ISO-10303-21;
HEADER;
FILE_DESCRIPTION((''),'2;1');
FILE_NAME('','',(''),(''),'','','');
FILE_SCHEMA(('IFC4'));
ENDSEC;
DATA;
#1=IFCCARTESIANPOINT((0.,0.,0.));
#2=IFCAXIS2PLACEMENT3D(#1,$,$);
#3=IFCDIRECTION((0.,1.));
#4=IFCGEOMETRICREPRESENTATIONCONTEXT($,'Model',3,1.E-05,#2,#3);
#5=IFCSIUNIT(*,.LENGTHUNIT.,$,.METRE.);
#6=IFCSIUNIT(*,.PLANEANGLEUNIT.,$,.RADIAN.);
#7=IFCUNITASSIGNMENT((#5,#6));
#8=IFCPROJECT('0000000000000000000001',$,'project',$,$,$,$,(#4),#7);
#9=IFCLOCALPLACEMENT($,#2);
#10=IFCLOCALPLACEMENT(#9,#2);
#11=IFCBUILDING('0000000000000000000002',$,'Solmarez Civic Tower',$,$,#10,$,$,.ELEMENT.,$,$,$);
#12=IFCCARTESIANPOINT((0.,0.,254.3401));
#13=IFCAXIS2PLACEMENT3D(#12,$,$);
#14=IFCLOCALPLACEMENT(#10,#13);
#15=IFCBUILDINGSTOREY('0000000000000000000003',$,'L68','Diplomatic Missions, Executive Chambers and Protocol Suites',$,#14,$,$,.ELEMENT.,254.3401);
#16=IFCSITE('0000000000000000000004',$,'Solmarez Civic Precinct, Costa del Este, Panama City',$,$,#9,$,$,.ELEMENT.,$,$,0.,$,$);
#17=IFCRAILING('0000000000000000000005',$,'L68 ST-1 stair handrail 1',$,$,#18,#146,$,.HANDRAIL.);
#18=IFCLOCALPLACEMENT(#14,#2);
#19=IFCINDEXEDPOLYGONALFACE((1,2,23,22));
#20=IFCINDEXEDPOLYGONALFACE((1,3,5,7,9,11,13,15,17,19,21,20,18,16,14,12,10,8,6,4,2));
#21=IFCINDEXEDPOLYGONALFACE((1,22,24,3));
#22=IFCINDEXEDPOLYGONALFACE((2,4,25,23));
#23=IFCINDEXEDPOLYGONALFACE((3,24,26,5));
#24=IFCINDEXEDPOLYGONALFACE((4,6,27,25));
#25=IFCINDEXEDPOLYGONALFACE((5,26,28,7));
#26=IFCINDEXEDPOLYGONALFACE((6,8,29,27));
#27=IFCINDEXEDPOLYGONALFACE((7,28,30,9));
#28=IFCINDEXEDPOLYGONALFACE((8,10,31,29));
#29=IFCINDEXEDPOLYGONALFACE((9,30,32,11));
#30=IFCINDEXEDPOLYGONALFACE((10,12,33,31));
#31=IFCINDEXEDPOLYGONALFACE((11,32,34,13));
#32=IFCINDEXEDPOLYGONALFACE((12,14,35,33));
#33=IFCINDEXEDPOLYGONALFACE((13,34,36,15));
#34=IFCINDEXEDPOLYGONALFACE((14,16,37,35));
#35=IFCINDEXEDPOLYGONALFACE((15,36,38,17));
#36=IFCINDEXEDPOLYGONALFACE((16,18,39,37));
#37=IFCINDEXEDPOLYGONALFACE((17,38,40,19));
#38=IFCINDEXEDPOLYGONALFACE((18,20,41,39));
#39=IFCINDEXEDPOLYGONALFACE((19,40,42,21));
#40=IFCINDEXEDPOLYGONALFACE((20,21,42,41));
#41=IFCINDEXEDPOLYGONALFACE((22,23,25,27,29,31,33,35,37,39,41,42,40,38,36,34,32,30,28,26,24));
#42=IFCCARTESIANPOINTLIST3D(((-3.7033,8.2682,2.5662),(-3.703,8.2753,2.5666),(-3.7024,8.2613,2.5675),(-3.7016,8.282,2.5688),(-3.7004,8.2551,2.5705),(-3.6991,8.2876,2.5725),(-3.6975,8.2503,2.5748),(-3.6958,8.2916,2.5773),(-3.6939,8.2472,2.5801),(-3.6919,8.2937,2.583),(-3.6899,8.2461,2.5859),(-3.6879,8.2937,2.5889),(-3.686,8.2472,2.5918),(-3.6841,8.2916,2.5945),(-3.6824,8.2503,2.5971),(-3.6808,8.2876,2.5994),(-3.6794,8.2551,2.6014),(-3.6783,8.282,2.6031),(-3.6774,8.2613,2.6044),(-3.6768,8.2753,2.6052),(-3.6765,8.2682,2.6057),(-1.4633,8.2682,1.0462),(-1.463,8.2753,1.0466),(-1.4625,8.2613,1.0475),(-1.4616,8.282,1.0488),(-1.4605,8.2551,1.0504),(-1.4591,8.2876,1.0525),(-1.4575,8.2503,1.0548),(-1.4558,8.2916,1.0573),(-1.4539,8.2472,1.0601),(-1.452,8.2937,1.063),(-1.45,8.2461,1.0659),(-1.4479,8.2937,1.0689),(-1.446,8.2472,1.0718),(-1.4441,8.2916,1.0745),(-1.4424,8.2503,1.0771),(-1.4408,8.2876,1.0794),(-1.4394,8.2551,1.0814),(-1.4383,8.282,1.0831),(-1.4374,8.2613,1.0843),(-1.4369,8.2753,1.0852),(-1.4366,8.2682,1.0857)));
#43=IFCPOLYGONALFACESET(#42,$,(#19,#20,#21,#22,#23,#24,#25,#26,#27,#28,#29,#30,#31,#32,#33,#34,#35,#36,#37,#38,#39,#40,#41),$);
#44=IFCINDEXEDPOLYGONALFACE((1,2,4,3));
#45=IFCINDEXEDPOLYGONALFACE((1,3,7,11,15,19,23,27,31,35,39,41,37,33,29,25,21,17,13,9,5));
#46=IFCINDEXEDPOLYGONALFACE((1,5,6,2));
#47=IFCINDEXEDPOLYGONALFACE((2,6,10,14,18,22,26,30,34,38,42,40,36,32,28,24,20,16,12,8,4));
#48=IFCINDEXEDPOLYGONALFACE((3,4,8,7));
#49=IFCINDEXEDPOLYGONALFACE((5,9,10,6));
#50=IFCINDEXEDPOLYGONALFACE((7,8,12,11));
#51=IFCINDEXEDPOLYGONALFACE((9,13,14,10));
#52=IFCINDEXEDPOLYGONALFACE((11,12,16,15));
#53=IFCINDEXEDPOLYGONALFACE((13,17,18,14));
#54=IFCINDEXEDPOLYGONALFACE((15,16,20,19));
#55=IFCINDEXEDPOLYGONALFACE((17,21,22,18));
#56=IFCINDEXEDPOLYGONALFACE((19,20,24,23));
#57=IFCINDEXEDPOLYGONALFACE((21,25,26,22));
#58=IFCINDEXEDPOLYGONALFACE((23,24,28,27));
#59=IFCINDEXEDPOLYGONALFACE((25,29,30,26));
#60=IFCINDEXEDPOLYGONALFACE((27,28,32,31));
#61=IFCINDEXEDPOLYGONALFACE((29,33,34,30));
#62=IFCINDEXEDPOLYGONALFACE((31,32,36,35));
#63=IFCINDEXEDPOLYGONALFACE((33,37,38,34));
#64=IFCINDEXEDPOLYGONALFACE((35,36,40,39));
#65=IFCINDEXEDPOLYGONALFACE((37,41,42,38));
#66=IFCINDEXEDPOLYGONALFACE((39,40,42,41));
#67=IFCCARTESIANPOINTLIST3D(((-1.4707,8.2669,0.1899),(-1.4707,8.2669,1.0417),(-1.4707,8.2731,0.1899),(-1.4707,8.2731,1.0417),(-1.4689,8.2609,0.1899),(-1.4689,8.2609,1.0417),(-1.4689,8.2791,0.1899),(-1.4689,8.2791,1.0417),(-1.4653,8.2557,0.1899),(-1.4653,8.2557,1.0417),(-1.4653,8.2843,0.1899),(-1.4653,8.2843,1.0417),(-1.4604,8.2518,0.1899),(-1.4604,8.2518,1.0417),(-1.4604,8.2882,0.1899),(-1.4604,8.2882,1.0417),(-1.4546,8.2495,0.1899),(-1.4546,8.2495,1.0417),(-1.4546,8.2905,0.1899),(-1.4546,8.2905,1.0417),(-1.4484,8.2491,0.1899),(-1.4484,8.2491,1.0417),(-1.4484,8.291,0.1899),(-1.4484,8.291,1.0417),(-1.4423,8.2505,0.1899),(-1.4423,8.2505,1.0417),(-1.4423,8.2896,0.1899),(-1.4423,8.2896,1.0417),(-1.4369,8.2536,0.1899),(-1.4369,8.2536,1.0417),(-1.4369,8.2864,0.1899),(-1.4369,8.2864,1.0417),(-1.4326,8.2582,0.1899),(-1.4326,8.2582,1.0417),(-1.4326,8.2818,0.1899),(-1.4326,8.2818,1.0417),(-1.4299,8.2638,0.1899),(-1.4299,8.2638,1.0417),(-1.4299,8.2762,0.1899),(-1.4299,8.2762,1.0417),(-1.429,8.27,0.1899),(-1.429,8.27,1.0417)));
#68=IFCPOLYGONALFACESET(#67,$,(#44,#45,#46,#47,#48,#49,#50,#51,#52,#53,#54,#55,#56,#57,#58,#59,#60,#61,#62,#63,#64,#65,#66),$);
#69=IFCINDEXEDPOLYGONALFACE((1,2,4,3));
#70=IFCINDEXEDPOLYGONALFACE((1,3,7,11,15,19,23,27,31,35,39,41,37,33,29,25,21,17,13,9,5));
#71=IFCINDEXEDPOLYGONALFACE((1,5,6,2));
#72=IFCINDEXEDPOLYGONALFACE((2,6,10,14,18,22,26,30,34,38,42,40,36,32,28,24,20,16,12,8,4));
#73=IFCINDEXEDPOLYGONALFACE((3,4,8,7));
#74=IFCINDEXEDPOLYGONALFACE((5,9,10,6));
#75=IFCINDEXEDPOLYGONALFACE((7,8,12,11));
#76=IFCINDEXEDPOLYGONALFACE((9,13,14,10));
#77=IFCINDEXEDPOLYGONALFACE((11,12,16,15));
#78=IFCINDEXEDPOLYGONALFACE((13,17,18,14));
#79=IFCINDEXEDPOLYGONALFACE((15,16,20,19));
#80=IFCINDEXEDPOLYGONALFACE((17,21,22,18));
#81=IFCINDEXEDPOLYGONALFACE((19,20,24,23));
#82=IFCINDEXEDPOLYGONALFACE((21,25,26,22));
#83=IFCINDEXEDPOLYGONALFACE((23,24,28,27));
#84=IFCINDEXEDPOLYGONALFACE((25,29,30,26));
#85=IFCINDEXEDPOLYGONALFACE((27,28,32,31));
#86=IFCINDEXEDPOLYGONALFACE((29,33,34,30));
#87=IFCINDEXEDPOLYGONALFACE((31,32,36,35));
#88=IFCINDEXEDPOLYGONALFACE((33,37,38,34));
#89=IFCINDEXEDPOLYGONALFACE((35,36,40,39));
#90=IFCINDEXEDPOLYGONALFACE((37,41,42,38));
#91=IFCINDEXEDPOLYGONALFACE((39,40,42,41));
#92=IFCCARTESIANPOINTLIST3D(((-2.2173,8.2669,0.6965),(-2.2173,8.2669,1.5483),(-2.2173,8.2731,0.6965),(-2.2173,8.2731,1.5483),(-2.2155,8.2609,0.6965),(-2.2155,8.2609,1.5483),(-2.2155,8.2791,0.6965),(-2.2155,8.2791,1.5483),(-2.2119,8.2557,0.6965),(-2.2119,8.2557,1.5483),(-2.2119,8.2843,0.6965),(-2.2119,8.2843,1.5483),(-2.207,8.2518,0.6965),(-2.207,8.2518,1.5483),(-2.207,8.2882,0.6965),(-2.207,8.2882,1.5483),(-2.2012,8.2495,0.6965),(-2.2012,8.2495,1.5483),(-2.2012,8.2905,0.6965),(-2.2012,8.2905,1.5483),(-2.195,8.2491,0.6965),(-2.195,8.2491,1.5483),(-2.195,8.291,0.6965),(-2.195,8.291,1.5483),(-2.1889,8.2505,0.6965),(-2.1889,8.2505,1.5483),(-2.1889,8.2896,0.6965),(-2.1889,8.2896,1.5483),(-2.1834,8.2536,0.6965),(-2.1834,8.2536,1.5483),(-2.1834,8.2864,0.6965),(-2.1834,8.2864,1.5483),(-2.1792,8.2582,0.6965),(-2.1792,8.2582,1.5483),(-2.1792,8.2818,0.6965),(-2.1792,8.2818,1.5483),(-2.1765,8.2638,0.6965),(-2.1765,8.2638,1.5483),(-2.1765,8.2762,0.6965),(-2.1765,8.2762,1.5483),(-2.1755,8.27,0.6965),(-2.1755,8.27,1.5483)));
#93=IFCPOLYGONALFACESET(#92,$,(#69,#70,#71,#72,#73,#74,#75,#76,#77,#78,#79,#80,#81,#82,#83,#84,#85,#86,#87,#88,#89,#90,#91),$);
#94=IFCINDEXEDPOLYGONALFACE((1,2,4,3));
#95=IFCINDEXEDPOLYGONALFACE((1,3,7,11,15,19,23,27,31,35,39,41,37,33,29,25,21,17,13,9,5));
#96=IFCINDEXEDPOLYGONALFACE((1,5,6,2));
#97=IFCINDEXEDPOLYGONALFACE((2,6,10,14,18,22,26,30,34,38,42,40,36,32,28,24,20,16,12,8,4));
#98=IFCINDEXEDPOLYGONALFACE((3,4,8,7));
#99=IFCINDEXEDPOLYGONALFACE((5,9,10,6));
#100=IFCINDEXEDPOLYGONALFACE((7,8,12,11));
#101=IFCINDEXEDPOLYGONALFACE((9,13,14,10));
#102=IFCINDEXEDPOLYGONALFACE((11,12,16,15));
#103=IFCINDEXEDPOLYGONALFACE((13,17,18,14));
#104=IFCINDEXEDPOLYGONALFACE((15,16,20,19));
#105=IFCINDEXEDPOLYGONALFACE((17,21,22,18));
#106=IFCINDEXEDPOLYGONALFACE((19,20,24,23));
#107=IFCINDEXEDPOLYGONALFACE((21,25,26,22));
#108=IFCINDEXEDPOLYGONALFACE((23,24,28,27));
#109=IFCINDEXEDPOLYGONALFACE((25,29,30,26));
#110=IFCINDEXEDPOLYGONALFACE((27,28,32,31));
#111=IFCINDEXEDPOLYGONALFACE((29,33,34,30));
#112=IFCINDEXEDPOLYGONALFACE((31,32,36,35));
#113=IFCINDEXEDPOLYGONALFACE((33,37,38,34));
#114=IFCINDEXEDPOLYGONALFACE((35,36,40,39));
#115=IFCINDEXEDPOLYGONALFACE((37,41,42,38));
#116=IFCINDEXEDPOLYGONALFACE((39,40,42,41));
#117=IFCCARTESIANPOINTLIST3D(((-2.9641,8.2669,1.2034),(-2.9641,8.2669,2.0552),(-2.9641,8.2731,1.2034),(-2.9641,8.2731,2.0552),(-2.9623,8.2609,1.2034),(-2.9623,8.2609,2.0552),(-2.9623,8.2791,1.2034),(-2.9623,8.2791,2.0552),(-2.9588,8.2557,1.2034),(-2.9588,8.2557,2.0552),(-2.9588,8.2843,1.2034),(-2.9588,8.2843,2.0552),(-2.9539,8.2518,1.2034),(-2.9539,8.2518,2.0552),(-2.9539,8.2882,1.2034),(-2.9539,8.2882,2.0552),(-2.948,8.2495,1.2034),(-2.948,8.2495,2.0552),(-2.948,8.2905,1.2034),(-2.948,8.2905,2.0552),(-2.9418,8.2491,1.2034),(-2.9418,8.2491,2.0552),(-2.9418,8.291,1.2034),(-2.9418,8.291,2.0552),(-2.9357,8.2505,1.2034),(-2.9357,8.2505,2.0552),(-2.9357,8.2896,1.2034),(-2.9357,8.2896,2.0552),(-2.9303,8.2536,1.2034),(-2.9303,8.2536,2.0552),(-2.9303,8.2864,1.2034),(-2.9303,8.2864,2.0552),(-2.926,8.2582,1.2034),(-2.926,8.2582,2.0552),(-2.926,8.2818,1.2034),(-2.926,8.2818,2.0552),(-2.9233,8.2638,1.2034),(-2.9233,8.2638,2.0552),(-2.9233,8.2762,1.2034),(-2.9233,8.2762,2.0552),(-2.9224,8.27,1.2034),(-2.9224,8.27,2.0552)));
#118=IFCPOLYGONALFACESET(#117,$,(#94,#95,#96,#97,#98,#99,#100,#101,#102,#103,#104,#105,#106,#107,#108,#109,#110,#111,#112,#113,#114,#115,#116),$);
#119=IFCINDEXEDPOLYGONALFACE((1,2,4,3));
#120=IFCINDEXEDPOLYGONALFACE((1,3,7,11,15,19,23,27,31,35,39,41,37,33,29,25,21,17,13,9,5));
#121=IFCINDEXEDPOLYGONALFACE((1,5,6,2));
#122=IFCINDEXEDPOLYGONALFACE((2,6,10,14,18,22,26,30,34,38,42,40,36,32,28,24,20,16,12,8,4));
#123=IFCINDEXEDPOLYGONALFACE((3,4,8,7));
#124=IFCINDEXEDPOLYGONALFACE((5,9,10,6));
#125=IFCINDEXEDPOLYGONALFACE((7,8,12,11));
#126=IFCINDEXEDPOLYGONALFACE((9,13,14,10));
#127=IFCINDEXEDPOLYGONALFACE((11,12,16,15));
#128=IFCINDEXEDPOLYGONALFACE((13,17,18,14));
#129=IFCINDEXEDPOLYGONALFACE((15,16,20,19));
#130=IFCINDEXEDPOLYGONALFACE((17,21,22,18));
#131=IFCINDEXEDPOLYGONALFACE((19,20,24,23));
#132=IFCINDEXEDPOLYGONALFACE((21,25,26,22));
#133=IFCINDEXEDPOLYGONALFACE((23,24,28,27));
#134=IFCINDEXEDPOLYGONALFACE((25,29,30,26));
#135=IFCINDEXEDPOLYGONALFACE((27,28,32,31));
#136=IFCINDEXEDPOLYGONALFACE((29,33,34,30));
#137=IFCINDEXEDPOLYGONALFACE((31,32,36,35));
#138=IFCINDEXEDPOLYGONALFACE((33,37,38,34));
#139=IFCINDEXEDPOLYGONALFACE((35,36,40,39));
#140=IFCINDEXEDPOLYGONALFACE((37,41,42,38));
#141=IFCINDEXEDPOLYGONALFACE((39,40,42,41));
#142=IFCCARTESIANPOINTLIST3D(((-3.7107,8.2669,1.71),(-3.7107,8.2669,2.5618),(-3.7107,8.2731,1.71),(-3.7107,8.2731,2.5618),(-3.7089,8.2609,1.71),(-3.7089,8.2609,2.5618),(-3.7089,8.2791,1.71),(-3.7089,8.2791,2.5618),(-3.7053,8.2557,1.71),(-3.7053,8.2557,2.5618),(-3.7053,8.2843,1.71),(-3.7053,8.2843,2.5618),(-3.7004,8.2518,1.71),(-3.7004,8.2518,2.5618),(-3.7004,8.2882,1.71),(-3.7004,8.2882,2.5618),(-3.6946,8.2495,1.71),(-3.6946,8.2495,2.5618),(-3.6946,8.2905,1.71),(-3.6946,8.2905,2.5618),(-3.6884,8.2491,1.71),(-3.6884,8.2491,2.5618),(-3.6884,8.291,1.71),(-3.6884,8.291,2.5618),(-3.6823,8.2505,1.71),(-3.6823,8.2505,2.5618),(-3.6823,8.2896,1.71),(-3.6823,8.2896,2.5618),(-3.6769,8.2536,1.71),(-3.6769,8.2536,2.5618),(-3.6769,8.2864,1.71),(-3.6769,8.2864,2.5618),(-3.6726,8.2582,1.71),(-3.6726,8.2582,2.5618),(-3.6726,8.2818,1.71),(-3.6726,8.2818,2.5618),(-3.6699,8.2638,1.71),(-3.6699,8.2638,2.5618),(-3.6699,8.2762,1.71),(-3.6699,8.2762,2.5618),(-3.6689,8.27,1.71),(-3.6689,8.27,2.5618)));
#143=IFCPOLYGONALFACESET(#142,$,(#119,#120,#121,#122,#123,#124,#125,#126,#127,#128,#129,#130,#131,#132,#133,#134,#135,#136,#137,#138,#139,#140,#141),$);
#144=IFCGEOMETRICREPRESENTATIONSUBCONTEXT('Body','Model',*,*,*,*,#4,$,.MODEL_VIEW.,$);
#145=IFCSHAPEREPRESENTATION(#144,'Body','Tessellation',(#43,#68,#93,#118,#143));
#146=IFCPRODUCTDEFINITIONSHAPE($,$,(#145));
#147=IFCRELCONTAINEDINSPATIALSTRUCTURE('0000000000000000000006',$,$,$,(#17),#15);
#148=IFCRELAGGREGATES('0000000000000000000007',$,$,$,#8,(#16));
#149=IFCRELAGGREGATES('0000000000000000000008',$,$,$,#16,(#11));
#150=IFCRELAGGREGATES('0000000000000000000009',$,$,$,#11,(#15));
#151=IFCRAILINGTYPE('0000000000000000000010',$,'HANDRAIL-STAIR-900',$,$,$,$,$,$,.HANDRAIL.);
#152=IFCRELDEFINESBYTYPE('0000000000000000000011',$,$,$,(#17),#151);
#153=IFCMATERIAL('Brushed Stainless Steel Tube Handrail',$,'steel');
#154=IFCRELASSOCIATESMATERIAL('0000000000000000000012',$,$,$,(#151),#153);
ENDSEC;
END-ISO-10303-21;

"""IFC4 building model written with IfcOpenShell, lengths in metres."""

from ifc_helpers import new_model, si_unit, direction, frame, origin, origin_2d, place, context, subcontext, project, spatial, circle, extrude, material, type_object, element, save


model = new_model("IFC4")

# Units and contexts
model_context = context("Model", 3, precision=1e-05, world=origin(), true_north=direction((0.0, 1.0)))
body_context = subcontext(model_context, "Body", "Model", "MODEL_VIEW")
ifc_project = project(units=[si_unit("LENGTHUNIT", "METRE"), si_unit("PLANEANGLEUNIT", "RADIAN")], contexts=[model_context])

# Site, building, storey
site_placement = place(None, origin())
site = spatial("IfcSite", under=ifc_project, at=site_placement, Name="Solmarez Civic Precinct, Costa del Este, Panama City", CompositionType="ELEMENT", RefElevation=0.0)
building_placement = place(site_placement, origin())
building = spatial("IfcBuilding", under=site, at=building_placement, Name="Solmarez Civic Tower", CompositionType="ELEMENT")
storey_placement = place(building_placement, frame((0.0, 0.0, 254.3401)))
storey = spatial("IfcBuildingStorey", under=building, at=storey_placement, Name="L68", Description="Diplomatic Missions, Executive Chambers and Protocol Suites", CompositionType="ELEMENT", Elevation=254.3401)

# Railing
ifc_material_1 = material(Name="Brushed Stainless Steel Tube Handrail", Category="steel")
railing_type_1 = type_object("IfcRailingType", Name="HANDRAIL-STAIR-900", PredefinedType="HANDRAIL", material=ifc_material_1)
railing_1_placement = place(storey_placement, frame((-1.45, 8.27, 0.1899)))
element("IfcRailing", 1, at=railing_1_placement, inside=storey, type_object=railing_type_1, Name="L68 ST-1 stair handrail 1", PredefinedType="HANDRAIL", context=body_context, shape_type="SweptSolid", body=[
    extrude(circle(Radius=0.0239, at=origin_2d()), frame((0.0, 0.0, 0.876), z_axis=(-0.827471, 0.0, 0.561508), x_axis=(0.0, -1.0, 0.0)), (0.0, 0.0, 1.0), 2.707),
    extrude(circle(Radius=0.021, at=origin_2d()), origin(), (0.0, 0.0, 1.0), 0.8518),
    extrude(circle(Radius=0.021, at=origin_2d()), frame((-0.7466, 0.0, 0.5066)), (0.0, 0.0, 1.0), 0.8518),
    extrude(circle(Radius=0.021, at=origin_2d()), frame((-1.4934, 0.0, 1.0134)), (0.0, 0.0, 1.0), 0.8518),
    extrude(circle(Radius=0.021, at=origin_2d()), frame((-2.24, 0.0, 1.52)), (0.0, 0.0, 1.0), 0.8518),
])

save(model, "model.ifc")
